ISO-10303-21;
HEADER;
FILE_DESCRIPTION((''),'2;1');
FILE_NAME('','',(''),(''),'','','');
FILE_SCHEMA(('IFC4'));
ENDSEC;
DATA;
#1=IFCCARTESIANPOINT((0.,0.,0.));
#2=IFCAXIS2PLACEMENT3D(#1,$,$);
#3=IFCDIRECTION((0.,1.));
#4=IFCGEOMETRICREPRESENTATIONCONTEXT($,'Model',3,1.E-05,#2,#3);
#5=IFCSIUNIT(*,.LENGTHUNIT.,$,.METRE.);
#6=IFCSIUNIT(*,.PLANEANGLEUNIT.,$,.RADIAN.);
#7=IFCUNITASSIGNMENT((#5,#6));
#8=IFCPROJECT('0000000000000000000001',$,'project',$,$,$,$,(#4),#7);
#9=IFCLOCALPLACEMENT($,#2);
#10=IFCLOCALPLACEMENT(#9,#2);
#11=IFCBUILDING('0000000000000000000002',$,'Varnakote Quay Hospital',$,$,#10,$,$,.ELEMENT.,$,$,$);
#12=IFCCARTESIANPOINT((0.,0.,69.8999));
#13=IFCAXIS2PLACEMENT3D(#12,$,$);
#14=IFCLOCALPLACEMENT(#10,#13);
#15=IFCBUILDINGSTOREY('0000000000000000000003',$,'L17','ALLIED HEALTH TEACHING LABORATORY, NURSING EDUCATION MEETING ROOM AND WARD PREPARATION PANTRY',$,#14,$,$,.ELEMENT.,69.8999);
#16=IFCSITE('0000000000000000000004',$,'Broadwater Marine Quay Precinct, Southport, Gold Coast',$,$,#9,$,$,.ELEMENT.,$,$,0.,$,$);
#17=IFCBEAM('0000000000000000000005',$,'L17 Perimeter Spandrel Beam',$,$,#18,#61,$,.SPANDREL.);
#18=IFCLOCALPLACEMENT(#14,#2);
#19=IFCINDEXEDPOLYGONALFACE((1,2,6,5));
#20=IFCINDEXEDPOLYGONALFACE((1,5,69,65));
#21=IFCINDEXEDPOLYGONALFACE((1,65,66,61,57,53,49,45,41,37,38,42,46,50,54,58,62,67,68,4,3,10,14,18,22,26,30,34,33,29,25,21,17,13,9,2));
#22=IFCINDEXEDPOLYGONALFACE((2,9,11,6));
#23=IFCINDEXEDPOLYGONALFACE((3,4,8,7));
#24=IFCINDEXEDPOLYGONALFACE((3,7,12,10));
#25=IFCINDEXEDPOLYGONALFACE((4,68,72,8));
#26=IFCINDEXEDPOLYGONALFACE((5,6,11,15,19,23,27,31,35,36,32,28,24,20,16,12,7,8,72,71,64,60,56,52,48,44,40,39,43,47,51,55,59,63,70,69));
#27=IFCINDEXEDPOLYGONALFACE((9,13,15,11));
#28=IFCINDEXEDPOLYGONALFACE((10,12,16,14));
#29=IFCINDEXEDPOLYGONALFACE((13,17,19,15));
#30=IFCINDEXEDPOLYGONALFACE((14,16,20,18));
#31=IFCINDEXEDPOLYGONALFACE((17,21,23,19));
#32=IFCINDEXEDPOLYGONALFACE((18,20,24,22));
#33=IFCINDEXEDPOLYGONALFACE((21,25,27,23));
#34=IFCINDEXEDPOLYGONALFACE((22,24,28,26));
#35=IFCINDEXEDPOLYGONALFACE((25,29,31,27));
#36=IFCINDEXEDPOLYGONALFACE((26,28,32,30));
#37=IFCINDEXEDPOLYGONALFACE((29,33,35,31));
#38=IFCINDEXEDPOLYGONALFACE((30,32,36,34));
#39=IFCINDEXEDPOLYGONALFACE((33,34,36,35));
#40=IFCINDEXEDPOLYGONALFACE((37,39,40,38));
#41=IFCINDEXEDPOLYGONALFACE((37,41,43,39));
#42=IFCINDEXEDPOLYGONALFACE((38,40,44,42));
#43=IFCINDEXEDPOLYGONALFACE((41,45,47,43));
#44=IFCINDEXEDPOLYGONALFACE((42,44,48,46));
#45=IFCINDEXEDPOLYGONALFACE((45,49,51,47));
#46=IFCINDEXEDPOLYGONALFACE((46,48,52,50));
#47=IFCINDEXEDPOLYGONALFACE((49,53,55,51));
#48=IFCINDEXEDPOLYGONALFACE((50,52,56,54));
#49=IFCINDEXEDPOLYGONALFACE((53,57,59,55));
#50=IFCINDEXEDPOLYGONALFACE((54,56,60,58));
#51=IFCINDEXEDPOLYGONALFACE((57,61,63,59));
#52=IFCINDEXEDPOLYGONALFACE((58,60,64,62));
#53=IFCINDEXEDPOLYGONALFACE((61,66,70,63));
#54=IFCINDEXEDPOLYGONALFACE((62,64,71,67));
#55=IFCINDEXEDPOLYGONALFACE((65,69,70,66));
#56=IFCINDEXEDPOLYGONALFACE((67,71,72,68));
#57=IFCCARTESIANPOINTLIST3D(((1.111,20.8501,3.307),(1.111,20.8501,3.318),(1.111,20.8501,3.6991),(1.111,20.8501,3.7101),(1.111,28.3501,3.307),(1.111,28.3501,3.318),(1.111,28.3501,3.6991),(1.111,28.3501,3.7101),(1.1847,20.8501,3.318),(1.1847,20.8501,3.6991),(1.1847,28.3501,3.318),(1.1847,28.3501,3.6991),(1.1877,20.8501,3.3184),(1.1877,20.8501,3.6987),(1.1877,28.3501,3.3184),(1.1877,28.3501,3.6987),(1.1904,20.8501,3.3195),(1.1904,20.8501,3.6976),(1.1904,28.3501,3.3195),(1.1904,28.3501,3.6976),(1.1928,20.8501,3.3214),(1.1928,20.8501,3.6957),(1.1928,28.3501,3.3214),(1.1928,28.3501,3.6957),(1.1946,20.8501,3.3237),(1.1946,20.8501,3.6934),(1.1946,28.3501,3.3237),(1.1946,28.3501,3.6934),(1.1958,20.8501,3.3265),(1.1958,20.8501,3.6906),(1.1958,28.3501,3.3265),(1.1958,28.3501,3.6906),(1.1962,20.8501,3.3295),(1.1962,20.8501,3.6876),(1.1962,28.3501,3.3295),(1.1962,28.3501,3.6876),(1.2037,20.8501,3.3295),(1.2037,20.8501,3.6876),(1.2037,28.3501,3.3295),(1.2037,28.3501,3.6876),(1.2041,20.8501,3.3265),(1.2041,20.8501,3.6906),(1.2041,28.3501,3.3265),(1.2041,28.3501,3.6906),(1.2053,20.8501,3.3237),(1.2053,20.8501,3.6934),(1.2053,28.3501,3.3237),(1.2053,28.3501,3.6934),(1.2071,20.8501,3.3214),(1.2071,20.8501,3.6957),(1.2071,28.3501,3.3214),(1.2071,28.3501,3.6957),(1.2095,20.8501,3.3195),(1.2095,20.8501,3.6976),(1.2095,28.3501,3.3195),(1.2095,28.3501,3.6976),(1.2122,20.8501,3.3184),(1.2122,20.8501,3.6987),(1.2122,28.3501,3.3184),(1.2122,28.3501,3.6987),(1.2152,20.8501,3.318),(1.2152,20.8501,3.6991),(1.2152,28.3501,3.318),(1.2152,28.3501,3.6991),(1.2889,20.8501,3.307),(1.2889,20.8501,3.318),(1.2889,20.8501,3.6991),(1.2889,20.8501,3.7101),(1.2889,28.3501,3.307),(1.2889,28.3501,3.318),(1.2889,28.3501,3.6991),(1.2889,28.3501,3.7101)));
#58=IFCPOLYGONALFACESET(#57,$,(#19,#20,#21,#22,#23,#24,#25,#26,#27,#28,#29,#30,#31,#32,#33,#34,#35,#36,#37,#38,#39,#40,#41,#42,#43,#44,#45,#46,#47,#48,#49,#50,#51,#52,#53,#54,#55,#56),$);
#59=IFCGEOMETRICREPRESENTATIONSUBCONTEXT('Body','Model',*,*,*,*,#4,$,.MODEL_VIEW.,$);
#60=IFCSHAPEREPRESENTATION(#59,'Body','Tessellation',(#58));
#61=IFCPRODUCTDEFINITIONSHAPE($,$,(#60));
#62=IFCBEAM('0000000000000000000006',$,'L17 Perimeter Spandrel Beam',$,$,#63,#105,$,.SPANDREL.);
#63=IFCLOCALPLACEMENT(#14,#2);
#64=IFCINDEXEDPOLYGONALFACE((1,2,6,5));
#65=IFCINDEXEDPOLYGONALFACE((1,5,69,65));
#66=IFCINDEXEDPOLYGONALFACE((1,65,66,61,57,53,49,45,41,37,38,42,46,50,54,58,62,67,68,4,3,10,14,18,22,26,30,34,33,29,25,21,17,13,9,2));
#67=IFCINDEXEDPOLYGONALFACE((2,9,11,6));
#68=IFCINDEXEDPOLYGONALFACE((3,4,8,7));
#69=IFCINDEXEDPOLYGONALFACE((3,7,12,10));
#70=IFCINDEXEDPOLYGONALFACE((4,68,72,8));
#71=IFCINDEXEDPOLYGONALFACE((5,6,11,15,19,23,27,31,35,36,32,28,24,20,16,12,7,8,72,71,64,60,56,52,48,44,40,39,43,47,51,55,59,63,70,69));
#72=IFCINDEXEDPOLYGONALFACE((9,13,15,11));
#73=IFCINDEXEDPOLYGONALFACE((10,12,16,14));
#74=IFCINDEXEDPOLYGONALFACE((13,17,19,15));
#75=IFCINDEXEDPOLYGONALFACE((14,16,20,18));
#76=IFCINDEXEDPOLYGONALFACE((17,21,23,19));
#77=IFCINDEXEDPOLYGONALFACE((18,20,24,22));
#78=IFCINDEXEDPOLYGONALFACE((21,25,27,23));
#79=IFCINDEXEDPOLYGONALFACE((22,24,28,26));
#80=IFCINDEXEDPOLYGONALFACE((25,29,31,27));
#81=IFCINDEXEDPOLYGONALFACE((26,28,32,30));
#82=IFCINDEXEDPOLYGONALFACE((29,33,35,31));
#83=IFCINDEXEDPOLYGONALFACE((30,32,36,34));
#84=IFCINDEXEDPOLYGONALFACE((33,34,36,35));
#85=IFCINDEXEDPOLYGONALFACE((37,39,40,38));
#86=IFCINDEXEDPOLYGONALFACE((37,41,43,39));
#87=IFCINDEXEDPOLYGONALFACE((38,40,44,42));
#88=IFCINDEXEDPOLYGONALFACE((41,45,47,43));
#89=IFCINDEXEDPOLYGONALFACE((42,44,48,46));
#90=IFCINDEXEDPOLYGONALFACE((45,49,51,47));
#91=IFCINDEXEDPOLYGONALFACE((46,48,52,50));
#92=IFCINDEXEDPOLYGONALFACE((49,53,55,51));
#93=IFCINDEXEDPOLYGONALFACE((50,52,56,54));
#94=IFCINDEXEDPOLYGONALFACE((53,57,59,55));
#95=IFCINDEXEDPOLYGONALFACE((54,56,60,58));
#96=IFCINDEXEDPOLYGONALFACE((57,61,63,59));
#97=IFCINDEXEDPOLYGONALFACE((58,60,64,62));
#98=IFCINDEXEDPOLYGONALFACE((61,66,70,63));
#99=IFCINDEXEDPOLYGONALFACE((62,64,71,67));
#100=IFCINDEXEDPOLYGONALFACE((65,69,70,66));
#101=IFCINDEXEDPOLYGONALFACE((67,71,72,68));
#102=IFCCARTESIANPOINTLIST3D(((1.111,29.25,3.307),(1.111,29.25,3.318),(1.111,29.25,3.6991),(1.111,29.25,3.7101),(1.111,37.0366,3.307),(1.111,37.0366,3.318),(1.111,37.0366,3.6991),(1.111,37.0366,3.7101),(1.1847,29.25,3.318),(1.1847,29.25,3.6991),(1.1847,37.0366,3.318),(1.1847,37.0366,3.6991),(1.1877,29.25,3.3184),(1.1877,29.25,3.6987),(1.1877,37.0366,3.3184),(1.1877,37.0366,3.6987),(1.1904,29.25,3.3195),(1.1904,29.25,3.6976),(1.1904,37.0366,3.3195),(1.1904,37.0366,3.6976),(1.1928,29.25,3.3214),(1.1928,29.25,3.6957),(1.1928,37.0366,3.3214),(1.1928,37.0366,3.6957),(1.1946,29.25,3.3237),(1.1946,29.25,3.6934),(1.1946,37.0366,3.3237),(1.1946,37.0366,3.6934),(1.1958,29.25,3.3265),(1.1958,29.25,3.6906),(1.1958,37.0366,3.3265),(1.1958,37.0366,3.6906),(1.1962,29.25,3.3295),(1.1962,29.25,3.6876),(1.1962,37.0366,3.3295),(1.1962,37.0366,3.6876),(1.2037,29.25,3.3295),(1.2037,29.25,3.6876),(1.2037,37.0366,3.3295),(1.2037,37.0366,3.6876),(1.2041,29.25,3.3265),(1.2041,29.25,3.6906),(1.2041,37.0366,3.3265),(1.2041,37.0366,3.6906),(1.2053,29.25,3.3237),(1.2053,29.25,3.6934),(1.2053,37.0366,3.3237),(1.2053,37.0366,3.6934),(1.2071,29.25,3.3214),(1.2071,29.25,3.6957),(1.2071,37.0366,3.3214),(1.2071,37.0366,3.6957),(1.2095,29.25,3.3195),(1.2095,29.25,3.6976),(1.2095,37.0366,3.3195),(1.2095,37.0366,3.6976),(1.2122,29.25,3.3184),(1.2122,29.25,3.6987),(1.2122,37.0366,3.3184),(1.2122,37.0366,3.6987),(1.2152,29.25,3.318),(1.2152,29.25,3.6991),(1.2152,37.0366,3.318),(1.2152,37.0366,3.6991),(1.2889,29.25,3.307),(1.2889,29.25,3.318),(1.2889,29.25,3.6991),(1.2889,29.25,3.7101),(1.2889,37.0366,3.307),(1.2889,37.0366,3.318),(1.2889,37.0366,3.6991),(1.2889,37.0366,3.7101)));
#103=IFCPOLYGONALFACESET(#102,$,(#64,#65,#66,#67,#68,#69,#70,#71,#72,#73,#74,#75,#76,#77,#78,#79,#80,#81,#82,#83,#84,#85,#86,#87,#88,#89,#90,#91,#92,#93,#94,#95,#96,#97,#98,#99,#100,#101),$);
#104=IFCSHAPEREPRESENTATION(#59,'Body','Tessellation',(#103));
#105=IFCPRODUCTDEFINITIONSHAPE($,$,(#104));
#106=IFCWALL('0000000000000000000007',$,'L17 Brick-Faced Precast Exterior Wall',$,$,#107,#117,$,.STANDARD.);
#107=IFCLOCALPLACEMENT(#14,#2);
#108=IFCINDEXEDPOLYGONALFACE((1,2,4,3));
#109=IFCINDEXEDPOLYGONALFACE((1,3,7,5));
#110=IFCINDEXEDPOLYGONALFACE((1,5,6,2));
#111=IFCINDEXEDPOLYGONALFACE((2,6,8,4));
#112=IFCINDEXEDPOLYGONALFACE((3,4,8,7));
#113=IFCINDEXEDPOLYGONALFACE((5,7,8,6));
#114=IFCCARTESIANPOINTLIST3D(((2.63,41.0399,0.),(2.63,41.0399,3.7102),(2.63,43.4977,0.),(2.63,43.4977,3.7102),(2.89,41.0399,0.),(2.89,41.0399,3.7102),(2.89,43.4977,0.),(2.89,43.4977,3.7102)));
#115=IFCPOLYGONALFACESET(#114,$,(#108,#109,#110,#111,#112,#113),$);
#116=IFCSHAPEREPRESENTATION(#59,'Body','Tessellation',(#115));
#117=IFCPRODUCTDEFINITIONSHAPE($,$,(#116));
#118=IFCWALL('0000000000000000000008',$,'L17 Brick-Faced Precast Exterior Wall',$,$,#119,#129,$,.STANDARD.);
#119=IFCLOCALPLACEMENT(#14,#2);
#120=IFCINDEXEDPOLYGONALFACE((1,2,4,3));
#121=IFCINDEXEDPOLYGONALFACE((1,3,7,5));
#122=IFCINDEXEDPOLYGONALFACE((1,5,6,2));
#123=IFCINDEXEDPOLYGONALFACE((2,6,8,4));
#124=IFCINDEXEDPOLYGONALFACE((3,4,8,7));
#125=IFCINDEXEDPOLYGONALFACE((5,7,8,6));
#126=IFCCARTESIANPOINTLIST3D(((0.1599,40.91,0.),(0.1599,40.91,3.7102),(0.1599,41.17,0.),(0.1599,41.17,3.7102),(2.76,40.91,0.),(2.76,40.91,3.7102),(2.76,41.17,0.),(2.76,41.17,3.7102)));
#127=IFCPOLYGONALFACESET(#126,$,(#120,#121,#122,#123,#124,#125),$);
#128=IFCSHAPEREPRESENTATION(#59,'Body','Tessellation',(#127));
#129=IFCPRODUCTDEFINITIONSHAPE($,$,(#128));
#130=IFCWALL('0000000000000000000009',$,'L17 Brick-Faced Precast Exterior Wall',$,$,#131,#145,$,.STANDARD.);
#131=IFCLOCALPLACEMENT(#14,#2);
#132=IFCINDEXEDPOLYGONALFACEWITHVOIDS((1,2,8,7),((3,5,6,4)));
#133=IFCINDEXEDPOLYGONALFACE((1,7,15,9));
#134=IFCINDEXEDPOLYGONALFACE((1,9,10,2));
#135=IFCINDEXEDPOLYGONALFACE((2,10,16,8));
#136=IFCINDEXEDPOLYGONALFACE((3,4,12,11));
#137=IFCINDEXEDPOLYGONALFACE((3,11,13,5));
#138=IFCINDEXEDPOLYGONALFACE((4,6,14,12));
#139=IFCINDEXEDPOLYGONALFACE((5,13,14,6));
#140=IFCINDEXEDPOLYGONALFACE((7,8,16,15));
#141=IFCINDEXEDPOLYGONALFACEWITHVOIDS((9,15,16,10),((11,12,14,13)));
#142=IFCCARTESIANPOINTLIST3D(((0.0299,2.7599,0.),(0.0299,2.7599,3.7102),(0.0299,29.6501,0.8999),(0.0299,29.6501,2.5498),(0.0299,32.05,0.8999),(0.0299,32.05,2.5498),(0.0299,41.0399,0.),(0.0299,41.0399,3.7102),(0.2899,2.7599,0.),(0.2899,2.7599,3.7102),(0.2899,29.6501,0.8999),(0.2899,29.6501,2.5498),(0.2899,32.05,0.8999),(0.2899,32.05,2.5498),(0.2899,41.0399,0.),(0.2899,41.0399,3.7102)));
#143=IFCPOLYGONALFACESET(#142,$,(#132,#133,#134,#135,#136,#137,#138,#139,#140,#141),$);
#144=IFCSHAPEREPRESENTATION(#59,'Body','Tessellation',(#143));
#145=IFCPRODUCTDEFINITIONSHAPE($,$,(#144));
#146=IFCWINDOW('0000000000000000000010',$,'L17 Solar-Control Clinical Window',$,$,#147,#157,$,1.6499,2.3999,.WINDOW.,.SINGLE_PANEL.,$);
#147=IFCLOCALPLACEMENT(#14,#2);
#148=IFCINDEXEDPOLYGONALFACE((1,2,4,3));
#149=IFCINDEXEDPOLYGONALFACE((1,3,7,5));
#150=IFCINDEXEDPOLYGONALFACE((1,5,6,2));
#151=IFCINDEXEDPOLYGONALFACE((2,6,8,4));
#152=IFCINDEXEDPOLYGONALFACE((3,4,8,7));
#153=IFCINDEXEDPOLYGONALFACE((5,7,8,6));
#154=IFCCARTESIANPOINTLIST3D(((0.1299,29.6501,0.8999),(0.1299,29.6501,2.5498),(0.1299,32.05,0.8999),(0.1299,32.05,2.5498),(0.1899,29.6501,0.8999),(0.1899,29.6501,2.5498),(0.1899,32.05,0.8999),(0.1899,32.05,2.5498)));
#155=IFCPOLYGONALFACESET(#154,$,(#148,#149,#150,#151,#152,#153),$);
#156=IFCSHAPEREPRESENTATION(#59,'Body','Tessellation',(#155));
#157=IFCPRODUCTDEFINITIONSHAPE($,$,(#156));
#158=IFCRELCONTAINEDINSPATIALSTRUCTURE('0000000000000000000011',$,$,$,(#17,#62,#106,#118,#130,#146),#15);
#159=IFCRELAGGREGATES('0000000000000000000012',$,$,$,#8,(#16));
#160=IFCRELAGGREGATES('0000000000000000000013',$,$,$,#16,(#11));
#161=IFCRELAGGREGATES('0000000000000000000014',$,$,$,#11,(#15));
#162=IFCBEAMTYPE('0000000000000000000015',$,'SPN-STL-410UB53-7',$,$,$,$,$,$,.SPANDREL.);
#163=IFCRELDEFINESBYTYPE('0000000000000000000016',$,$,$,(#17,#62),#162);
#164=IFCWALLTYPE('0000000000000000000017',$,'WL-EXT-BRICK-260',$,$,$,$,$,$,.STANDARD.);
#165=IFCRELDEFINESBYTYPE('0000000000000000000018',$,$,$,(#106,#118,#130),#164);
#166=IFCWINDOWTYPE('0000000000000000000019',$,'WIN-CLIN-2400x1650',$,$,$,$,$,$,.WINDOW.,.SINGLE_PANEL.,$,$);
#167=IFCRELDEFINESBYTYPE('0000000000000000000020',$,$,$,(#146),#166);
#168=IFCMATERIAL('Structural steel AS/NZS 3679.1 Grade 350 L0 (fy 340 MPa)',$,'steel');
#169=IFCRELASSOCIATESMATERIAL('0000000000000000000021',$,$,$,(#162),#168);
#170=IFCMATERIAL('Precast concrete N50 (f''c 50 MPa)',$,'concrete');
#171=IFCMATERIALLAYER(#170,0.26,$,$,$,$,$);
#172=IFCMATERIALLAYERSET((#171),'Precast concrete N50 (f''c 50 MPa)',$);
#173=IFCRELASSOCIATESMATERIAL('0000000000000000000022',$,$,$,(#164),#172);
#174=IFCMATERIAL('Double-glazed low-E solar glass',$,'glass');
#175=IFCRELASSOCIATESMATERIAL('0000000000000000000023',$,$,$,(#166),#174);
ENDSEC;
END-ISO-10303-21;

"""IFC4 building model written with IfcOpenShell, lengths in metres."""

from ifc_helpers import new_model, si_unit, direction, frame, frame_2d, origin, origin_2d, place, context, subcontext, project, spatial, rectangle, i_section, extrude, material, layer, layer_set, material_profile, profile_set, type_object, element, fill, save


model = new_model("IFC4")

# Units and contexts
model_context = context("Model", 3, precision=1e-05, world=origin(), true_north=direction((0.0, 1.0)))
body_context = subcontext(model_context, "Body", "Model", "MODEL_VIEW")
ifc_project = project(units=[si_unit("LENGTHUNIT", "METRE"), si_unit("PLANEANGLEUNIT", "RADIAN")], contexts=[model_context])

# Site, building, storey
site_placement = place(None, origin())
site = spatial("IfcSite", under=ifc_project, at=site_placement, Name="Broadwater Marine Quay Precinct, Southport, Gold Coast", CompositionType="ELEMENT", RefElevation=0.0)
building_placement = place(site_placement, origin())
building = spatial("IfcBuilding", under=site, at=building_placement, Name="Varnakote Quay Hospital", CompositionType="ELEMENT")
storey_placement = place(building_placement, frame((0.0, 0.0, 69.8999)))
storey = spatial("IfcBuildingStorey", under=building, at=storey_placement, Name="L17", Description="ALLIED HEALTH TEACHING LABORATORY, NURSING EDUCATION MEETING ROOM AND WARD PREPARATION PANTRY", CompositionType="ELEMENT", Elevation=69.8999)

# Beams
ifc_material_1 = material(Name="Structural steel AS/NZS 3679.1 Grade 350 L0 (fy 340 MPa)", Category="steel")
ifc_material_profile_1 = material_profile(ifc_material_1, i_section(OverallWidth=0.178, OverallDepth=0.4031, WebThickness=0.0076, FlangeThickness=0.011, FilletRadius=0.0115, at=origin_2d()), Name="410UB53.7")
ifc_profile_set_1 = profile_set([ifc_material_profile_1], Name="Structural steel AS/NZS 3679.1 Grade 350 L0 (fy 340 MPa)")
beam_type_1 = type_object("IfcBeamType", Name="SPN-STL-410UB53-7", PredefinedType="SPANDREL", material=ifc_profile_set_1)
beam_1_placement = place(storey_placement, frame((1.2, 20.8501, 3.5085), z_axis=(0.0, 1.0, 0.0), x_axis=(-1.0, 0.0, 0.0)))
element("IfcBeam", 1, at=beam_1_placement, inside=storey, type_object=beam_type_1, Name="L17 Perimeter Spandrel Beam", PredefinedType="SPANDREL", context=body_context, shape_type="SweptSolid", body=[
    extrude(i_section(OverallWidth=0.178, OverallDepth=0.4031, WebThickness=0.0076, FlangeThickness=0.011, FilletRadius=0.0115, at=origin_2d()), origin(), (0.0, 0.0, 1.0), 7.5),
])
beam_2_placement = place(storey_placement, frame((1.2, 29.25, 3.5085), z_axis=(0.0, 1.0, 0.0), x_axis=(-1.0, 0.0, 0.0)))
element("IfcBeam", 2, at=beam_2_placement, inside=storey, type_object=beam_type_1, Name="L17 Perimeter Spandrel Beam", PredefinedType="SPANDREL", context=body_context, shape_type="SweptSolid", body=[
    extrude(i_section(OverallWidth=0.178, OverallDepth=0.4031, WebThickness=0.0076, FlangeThickness=0.011, FilletRadius=0.0115, at=origin_2d()), origin(), (0.0, 0.0, 1.0), 7.7866),
])

# Walls
ifc_material_2 = material(Name="Precast concrete N50 (f'c 50 MPa)", Category="concrete")
ifc_layer_1 = layer(ifc_material_2, 0.26)
ifc_layer_set_1 = layer_set([ifc_layer_1], Name="Precast concrete N50 (f'c 50 MPa)")
wall_type_1 = type_object("IfcWallType", Name="WL-EXT-BRICK-260", PredefinedType="STANDARD", material=ifc_layer_set_1)
wall_1_placement = place(storey_placement, frame((2.76, 43.4978, 0.0), z_axis=(0.0, 0.0, 1.0), x_axis=(0.0, -1.0, 0.0)))
element("IfcWall", 3, at=wall_1_placement, inside=storey, type_object=wall_type_1, Name="L17 Brick-Faced Precast Exterior Wall", PredefinedType="STANDARD", context=body_context, shape_type="SweptSolid", body=[
    extrude(rectangle(XDim=2.4578, YDim=0.26, at=frame_2d((1.229, 0.0))), origin(), (0.0, 0.0, 1.0), 3.7102),
])
wall_2_placement = place(storey_placement, frame((2.76, 41.04, 0.0), z_axis=(0.0, 0.0, 1.0), x_axis=(-1.0, 0.0, 0.0)))
element("IfcWall", 4, at=wall_2_placement, inside=storey, type_object=wall_type_1, Name="L17 Brick-Faced Precast Exterior Wall", PredefinedType="STANDARD", context=body_context, shape_type="SweptSolid", body=[
    extrude(rectangle(XDim=2.6001, YDim=0.26, at=frame_2d((1.3, 0.0))), origin(), (0.0, 0.0, 1.0), 3.7102),
])

# Wall, opening, window
wall_3_placement = place(storey_placement, frame((0.1599, 41.04, 0.0), z_axis=(0.0, 0.0, 1.0), x_axis=(0.0, -1.0, 0.0)))
wall_3 = element("IfcWall", 5, at=wall_3_placement, inside=storey, type_object=wall_type_1, Name="L17 Brick-Faced Precast Exterior Wall", PredefinedType="STANDARD", context=body_context, shape_type="SweptSolid", body=[
    extrude(rectangle(XDim=38.28, YDim=0.26, at=frame_2d((19.1401, 0.0))), origin(), (0.0, 0.0, 1.0), 3.7102),
])
opening_1_placement = place(wall_3_placement, frame((8.99, 0.0, 0.8999)))
opening_1 = element("IfcOpeningElement", 6, at=opening_1_placement, cuts=wall_3, PredefinedType="OPENING", context=body_context, shape_type="SweptSolid", body=[
    extrude(rectangle(XDim=2.3999, YDim=1.6499, at=frame_2d((1.2, 0.825))), frame((0.0, 0.1399, 0.0), z_axis=(0.0, -1.0, 0.0), x_axis=(1.0, 0.0, 0.0)), (0.0, 0.0, 1.0), 0.28),
])
ifc_material_3 = material(Name="Double-glazed low-E solar glass", Category="glass")
window_type = type_object("IfcWindowType", Name="WIN-CLIN-2400x1650", PartitioningType="SINGLE_PANEL", PredefinedType="WINDOW", material=ifc_material_3)
window_placement = place(opening_1_placement, origin())
window = element("IfcWindow", 7, at=window_placement, inside=storey, type_object=window_type, Name="L17 Solar-Control Clinical Window", OverallHeight=1.6499, OverallWidth=2.3999, PartitioningType="SINGLE_PANEL", PredefinedType="WINDOW", context=body_context, shape_type="SweptSolid", body=[
    extrude(rectangle(XDim=2.3999, YDim=1.6499, at=frame_2d((1.2, 0.825))), frame((0.0, 0.03, 0.0), z_axis=(0.0, -1.0, 0.0), x_axis=(1.0, 0.0, 0.0)), (0.0, 0.0, 1.0), 0.0601),
])
fill(opening_1, window)

save(model, "model.ifc")
